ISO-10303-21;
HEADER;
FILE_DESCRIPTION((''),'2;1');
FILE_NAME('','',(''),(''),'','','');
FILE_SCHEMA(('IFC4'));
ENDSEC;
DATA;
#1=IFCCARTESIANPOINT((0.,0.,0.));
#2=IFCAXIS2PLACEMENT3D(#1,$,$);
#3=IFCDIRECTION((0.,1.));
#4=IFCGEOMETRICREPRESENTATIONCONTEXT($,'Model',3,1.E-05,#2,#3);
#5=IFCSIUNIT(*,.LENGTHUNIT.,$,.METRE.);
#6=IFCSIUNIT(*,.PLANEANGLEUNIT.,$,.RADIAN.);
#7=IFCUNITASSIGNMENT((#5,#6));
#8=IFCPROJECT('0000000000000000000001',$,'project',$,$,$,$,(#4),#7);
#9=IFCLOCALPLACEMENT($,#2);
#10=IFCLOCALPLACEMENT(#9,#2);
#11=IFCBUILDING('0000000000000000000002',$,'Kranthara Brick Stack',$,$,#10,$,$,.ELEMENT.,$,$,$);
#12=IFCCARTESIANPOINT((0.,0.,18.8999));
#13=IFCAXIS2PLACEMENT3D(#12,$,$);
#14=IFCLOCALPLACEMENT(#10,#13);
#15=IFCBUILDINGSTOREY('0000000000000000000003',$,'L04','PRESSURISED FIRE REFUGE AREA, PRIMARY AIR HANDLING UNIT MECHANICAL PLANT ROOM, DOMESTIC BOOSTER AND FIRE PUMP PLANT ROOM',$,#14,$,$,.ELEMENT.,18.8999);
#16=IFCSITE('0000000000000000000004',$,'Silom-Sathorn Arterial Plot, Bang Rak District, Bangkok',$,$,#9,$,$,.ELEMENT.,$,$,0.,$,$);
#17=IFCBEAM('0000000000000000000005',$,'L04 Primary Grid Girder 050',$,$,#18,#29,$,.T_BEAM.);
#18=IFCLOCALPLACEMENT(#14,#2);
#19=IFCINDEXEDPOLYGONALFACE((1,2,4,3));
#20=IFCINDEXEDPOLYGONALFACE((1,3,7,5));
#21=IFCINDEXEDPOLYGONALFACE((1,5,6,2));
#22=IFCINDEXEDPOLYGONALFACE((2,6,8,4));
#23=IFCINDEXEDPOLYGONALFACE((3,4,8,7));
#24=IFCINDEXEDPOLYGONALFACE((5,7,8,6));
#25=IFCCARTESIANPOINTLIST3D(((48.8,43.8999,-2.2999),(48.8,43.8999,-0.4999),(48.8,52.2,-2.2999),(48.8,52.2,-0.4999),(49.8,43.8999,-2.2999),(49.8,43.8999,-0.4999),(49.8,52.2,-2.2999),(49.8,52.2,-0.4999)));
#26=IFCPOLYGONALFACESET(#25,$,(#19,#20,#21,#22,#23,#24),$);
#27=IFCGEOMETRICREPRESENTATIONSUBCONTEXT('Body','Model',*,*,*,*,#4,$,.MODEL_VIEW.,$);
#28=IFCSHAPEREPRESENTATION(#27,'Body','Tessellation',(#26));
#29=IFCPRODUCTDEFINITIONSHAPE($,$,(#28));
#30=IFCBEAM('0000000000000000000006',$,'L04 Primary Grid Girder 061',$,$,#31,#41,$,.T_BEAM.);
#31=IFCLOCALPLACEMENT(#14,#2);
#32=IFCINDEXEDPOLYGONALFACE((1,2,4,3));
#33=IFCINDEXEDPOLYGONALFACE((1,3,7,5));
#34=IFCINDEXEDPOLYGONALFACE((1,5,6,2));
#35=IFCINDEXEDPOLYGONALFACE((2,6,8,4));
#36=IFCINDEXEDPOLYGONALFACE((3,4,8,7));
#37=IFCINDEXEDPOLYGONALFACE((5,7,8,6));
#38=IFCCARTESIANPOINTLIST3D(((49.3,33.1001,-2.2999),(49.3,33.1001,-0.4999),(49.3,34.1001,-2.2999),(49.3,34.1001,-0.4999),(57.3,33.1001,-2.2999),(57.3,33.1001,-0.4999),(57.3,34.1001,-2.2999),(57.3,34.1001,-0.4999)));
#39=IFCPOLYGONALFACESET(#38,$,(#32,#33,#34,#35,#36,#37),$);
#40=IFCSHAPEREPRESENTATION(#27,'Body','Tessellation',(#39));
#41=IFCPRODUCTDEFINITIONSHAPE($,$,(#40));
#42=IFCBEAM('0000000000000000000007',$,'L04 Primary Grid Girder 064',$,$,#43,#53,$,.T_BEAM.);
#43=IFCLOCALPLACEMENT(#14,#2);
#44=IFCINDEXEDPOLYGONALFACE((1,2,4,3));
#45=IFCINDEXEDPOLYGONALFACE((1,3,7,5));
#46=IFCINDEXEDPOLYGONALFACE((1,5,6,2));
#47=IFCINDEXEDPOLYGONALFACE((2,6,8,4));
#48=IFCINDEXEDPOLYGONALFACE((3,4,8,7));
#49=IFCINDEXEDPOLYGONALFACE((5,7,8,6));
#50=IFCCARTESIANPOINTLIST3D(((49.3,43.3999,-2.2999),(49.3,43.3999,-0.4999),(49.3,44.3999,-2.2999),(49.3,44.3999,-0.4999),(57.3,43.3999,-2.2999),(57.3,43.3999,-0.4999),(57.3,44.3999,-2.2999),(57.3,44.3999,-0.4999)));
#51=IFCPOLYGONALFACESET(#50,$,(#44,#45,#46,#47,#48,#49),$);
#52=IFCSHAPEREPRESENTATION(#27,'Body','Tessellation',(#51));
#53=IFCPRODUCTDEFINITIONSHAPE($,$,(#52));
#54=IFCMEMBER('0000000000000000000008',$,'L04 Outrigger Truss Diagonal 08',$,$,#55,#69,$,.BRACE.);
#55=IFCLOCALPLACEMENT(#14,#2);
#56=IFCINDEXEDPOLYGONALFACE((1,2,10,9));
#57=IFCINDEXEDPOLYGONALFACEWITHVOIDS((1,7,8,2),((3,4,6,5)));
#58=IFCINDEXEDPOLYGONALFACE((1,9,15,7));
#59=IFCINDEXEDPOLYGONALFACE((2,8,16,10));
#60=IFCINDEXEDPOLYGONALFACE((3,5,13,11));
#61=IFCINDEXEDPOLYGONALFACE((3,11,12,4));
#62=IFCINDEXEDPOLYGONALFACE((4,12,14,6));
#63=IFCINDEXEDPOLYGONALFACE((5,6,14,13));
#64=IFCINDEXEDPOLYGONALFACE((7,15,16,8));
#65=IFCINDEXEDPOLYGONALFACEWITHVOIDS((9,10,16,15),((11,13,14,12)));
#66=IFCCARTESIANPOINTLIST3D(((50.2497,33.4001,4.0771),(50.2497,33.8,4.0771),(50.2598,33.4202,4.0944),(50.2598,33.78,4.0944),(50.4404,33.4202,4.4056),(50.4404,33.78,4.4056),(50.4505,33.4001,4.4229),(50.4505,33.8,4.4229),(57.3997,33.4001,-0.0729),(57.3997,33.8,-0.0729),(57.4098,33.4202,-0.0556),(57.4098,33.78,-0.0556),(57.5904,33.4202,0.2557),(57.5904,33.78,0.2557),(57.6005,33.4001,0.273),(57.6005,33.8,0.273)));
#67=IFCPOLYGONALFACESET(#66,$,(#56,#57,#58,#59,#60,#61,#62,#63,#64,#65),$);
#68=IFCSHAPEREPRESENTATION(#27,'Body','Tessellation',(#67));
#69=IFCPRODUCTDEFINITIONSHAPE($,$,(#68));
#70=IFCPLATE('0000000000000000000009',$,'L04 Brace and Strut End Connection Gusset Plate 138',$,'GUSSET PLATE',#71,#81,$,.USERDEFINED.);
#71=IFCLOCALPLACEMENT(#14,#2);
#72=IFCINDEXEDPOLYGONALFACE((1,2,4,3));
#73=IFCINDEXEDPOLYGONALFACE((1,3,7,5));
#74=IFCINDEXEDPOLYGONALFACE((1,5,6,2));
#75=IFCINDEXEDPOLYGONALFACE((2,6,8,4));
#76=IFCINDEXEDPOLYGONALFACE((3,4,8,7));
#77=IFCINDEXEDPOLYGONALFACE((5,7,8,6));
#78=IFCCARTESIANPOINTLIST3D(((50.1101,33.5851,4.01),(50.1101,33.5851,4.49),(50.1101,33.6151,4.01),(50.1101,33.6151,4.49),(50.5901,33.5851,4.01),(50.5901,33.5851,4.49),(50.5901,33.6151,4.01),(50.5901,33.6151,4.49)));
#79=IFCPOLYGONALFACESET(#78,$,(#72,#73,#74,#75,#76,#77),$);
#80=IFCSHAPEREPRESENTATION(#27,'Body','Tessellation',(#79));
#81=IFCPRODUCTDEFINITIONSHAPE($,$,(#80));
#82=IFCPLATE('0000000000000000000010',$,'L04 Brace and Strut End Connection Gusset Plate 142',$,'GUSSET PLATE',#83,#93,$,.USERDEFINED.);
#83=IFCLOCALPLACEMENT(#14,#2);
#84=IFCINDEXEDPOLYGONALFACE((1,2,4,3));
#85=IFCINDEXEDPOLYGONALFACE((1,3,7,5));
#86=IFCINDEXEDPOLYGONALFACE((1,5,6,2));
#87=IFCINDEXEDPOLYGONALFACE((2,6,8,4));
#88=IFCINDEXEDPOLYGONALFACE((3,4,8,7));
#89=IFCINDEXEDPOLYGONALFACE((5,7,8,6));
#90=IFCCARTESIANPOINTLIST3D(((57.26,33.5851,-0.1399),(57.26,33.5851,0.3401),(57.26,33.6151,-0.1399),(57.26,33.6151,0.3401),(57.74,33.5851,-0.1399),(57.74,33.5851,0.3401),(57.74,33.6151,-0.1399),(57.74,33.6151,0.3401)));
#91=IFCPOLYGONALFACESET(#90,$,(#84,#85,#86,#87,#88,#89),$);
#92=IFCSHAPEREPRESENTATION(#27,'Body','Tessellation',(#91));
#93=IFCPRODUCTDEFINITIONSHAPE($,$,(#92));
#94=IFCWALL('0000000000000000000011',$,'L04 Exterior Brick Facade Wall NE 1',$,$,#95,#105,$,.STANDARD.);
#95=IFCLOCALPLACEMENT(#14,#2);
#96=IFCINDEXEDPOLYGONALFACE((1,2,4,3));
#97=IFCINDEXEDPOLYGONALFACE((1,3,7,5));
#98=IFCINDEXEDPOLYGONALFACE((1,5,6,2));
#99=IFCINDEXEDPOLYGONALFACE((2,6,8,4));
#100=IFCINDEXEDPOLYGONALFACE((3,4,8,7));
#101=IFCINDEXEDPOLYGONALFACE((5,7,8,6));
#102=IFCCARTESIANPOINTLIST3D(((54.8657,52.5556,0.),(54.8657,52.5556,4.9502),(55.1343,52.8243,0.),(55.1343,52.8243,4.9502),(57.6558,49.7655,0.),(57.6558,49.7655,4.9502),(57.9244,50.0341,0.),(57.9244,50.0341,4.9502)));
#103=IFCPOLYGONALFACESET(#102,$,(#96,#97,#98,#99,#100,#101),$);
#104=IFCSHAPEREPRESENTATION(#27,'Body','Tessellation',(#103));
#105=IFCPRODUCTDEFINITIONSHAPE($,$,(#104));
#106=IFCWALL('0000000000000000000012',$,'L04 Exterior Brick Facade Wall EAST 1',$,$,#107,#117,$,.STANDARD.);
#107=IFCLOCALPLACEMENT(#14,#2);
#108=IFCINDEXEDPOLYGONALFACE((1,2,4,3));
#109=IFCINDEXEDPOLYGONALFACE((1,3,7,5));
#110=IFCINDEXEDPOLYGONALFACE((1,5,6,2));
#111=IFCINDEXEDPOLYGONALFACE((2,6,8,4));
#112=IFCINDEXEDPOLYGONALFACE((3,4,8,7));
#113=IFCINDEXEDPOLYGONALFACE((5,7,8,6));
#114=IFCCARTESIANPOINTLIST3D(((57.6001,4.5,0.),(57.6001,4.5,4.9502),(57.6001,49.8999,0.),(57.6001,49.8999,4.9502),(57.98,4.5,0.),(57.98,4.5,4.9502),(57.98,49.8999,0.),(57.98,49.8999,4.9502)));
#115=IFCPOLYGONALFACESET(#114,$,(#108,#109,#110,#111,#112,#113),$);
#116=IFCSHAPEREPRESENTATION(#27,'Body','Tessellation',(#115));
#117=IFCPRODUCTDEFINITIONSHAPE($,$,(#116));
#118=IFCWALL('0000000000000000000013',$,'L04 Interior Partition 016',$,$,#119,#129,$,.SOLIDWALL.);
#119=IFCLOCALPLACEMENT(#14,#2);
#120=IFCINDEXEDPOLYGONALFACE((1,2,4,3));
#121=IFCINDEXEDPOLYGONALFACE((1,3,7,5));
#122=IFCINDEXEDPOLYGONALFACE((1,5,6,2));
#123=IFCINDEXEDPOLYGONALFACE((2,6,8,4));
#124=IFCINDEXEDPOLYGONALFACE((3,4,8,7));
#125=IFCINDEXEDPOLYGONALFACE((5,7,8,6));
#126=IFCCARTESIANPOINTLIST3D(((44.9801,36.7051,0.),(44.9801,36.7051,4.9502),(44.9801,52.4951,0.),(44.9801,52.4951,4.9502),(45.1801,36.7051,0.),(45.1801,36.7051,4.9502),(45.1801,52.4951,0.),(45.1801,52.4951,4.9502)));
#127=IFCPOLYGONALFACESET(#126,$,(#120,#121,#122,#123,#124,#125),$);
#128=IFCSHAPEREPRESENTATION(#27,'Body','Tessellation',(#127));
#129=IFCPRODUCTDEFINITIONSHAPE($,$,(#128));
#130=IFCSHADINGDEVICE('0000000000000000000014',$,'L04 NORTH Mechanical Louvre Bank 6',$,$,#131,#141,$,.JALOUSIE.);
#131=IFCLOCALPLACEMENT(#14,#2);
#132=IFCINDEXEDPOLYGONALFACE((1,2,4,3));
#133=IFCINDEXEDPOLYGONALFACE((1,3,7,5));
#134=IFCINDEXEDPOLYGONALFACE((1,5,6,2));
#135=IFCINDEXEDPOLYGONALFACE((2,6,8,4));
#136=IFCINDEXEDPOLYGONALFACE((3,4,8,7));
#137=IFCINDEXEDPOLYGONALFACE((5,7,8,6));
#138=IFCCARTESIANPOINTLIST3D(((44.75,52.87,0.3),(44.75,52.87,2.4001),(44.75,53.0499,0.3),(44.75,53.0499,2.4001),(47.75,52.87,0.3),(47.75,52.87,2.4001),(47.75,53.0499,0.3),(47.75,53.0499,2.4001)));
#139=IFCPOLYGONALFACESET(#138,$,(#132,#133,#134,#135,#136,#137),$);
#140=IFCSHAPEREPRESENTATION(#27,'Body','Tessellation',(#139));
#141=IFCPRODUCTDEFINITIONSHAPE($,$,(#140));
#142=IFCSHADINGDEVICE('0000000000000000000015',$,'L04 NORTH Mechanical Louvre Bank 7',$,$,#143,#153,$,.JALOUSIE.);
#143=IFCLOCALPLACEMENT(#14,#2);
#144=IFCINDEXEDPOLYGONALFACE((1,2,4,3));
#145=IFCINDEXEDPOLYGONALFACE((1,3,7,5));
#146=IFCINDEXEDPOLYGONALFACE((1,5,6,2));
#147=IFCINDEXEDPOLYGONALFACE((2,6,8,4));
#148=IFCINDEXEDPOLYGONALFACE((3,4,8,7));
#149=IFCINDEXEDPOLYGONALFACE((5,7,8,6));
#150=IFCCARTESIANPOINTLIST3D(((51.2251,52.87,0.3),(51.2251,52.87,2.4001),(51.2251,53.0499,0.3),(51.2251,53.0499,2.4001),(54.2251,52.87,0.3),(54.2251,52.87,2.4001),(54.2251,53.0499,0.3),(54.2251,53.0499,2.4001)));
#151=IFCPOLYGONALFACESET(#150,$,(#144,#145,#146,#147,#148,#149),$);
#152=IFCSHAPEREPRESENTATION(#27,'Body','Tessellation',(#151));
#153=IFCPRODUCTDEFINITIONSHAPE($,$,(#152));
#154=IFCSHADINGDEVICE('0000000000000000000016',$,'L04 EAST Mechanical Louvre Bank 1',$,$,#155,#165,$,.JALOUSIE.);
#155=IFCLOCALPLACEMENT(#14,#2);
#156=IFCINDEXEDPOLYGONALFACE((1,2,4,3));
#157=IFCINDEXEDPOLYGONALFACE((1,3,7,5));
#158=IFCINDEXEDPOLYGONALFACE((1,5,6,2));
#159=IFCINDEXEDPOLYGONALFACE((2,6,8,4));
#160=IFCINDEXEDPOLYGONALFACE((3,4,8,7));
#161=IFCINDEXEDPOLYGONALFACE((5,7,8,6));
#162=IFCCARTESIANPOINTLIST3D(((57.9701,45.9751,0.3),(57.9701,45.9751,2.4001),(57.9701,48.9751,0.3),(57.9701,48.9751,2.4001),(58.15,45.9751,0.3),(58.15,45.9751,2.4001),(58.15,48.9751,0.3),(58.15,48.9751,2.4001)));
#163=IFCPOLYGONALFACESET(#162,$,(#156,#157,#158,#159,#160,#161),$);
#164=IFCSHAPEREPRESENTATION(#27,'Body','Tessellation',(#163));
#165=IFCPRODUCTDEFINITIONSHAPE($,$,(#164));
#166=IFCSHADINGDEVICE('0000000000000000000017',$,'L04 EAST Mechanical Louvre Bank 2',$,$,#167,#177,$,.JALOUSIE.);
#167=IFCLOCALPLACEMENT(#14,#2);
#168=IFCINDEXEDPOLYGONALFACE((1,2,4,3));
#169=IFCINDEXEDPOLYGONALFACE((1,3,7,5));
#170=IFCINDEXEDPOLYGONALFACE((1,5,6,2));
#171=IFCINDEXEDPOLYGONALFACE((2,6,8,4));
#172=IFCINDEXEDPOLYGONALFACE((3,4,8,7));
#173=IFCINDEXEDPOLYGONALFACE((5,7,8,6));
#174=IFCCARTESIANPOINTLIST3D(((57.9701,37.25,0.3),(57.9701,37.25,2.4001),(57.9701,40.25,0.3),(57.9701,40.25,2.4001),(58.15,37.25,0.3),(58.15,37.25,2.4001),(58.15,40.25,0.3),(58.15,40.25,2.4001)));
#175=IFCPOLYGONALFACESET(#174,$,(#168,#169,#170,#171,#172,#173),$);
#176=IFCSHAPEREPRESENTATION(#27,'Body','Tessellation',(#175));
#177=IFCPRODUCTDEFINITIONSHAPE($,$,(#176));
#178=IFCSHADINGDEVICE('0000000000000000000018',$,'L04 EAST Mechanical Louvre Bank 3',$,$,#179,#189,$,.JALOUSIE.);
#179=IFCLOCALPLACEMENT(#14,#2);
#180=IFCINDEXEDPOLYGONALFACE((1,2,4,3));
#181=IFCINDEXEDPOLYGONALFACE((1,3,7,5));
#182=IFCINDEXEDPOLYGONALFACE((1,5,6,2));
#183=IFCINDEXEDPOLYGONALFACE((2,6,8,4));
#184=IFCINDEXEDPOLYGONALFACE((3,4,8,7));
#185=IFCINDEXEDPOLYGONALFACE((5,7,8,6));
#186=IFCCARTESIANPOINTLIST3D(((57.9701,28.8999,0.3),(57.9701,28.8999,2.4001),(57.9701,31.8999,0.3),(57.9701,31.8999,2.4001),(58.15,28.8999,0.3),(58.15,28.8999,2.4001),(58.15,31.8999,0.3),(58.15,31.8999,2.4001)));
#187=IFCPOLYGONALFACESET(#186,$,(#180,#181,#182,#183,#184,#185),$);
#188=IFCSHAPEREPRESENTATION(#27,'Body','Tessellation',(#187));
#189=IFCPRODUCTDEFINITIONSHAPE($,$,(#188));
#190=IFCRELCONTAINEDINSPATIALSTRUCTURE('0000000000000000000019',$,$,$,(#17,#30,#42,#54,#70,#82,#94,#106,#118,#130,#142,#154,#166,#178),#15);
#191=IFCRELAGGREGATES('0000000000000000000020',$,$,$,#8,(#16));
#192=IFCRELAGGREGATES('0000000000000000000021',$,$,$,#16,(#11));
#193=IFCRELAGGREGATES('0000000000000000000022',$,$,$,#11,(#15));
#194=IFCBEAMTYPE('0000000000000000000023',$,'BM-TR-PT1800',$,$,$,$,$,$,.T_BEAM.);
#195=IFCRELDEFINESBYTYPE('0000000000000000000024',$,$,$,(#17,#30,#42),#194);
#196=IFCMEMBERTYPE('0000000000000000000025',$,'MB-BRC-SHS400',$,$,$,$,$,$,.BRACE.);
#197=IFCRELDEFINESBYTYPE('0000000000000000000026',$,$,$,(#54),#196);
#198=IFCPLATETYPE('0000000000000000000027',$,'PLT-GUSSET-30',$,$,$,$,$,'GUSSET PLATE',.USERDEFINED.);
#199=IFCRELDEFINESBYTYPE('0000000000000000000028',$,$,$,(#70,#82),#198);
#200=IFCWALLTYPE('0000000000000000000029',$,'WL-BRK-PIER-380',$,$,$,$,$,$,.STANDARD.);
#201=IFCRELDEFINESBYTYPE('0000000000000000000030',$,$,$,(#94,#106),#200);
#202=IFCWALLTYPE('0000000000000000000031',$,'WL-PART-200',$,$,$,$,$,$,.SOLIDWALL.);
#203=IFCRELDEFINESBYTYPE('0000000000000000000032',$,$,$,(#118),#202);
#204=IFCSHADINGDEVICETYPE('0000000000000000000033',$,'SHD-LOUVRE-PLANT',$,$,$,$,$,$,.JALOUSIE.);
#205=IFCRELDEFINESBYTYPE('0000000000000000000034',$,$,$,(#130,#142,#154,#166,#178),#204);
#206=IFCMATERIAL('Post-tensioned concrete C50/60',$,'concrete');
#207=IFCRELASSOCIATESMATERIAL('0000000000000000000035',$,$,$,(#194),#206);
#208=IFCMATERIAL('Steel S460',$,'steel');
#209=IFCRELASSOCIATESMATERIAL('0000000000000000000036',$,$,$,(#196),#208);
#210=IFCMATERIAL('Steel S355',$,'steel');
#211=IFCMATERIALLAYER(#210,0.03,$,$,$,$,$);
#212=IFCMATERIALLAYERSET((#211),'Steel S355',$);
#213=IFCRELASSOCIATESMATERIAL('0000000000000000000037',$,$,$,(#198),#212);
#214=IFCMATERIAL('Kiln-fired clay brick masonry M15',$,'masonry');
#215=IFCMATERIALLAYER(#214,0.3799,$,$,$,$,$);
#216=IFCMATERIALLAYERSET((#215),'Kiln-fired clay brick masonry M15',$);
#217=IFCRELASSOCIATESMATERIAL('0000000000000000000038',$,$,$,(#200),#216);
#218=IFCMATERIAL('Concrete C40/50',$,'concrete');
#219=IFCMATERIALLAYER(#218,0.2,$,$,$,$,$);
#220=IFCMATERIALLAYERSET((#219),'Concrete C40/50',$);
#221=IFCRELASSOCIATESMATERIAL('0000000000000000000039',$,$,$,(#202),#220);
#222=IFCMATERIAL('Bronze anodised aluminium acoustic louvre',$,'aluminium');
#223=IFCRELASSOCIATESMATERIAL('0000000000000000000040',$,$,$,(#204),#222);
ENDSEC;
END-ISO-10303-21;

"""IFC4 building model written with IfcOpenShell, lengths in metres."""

from ifc_helpers import new_model, si_unit, direction, frame, frame_2d, origin, origin_2d, place, context, subcontext, project, spatial, rectangle, hollow_rectangle, extrude, material, layer, layer_set, material_profile, profile_set, type_object, element, save


model = new_model("IFC4")

# Units and contexts
model_context = context("Model", 3, precision=1e-05, world=origin(), true_north=direction((0.0, 1.0)))
body_context = subcontext(model_context, "Body", "Model", "MODEL_VIEW")
ifc_project = project(units=[si_unit("LENGTHUNIT", "METRE"), si_unit("PLANEANGLEUNIT", "RADIAN")], contexts=[model_context])

# Site, building, storey
site_placement = place(None, origin())
site = spatial("IfcSite", under=ifc_project, at=site_placement, Name="Silom-Sathorn Arterial Plot, Bang Rak District, Bangkok", CompositionType="ELEMENT", RefElevation=0.0)
building_placement = place(site_placement, origin())
building = spatial("IfcBuilding", under=site, at=building_placement, Name="Kranthara Brick Stack", CompositionType="ELEMENT")
storey_placement = place(building_placement, frame((0.0, 0.0, 18.8999)))
storey = spatial("IfcBuildingStorey", under=building, at=storey_placement, Name="L04", Description="PRESSURISED FIRE REFUGE AREA, PRIMARY AIR HANDLING UNIT MECHANICAL PLANT ROOM, DOMESTIC BOOSTER AND FIRE PUMP PLANT ROOM", CompositionType="ELEMENT", Elevation=18.8999)

# Beams
ifc_material_1 = material(Name="Post-tensioned concrete C50/60", Category="concrete")
ifc_material_profile_1 = material_profile(ifc_material_1, rectangle(XDim=1.0, YDim=1.8, at=origin_2d()), Name="PT 1000x1800")
ifc_profile_set_1 = profile_set([ifc_material_profile_1], Name="Post-tensioned concrete C50/60")
beam_type_1 = type_object("IfcBeamType", Name="BM-TR-PT1800", PredefinedType="T_BEAM", material=ifc_profile_set_1)
beam_1_placement = place(storey_placement, frame((49.3, 43.8999, -1.3999), z_axis=(0.0, 1.0, 0.0), x_axis=(-1.0, 0.0, 0.0)))
element("IfcBeam", 1, at=beam_1_placement, inside=storey, type_object=beam_type_1, Name="L04 Primary Grid Girder 050", PredefinedType="T_BEAM", context=body_context, shape_type="SweptSolid", body=[
    extrude(rectangle(XDim=1.0, YDim=1.8, at=origin_2d()), origin(), (0.0, 0.0, 1.0), 8.3),
])
for number, where, z_axis, x_axis, name in (
    (2, (49.3, 33.6001, -1.3999), (1.0, 0.0, 0.0), (0.0, 1.0, 0.0), "L04 Primary Grid Girder 061"),
    (3, (49.3, 43.8999, -1.3999), (1.0, 0.0, 0.0), (0.0, 1.0, 0.0), "L04 Primary Grid Girder 064"),
):
    element("IfcBeam", number, at=place(storey_placement, frame(where, z_axis=z_axis, x_axis=x_axis)), inside=storey, type_object=beam_type_1, Name=name, PredefinedType="T_BEAM", context=body_context, shape_type="SweptSolid", body=[
        extrude(rectangle(XDim=1.0, YDim=1.8, at=origin_2d()), origin(), (0.0, 0.0, 1.0), 8.0),
    ])

# Member
ifc_material_2 = material(Name="Steel S460", Category="steel")
ifc_material_profile_2 = material_profile(ifc_material_2, hollow_rectangle(XDim=0.3999, YDim=0.3999, WallThickness=0.02, at=origin_2d()), Name="SHS 400x400x20")
ifc_profile_set_2 = profile_set([ifc_material_profile_2], Name="Steel S460")
member_type = type_object("IfcMemberType", Name="MB-BRC-SHS400", PredefinedType="BRACE", material=ifc_profile_set_2)
member_placement = place(storey_placement, frame((50.3501, 33.6001, 4.25), z_axis=(0.864876, 0.0, -0.501986), x_axis=(0.0, 1.0, 0.0)))
element("IfcMember", 4, at=member_placement, inside=storey, type_object=member_type, Name="L04 Outrigger Truss Diagonal 08", PredefinedType="BRACE", context=body_context, shape_type="SweptSolid", body=[
    extrude(hollow_rectangle(XDim=0.3999, YDim=0.3999, WallThickness=0.02, at=origin_2d()), origin(), (0.0, 0.0, 1.0), 8.2671),
])

# Plates
ifc_material_3 = material(Name="Steel S355", Category="steel")
ifc_layer_1 = layer(ifc_material_3, 0.03)
ifc_layer_set_1 = layer_set([ifc_layer_1], Name="Steel S355")
plate_type = type_object("IfcPlateType", Name="PLT-GUSSET-30", ElementType="GUSSET PLATE", PredefinedType="USERDEFINED", material=ifc_layer_set_1)
for number, where, z_axis, x_axis, name in (
    (5, (50.3501, 33.6001, 4.01), (0.0, 0.0, 1.0), (1.0, 0.0, 0.0), "L04 Brace and Strut End Connection Gusset Plate 138"),
    (6, (57.5, 33.6001, -0.1399), (0.0, 0.0, 1.0), (1.0, 0.0, 0.0), "L04 Brace and Strut End Connection Gusset Plate 142"),
):
    element("IfcPlate", number, at=place(storey_placement, frame(where, z_axis=z_axis, x_axis=x_axis)), inside=storey, type_object=plate_type, Name=name, ObjectType="GUSSET PLATE", PredefinedType="USERDEFINED", context=body_context, shape_type="SweptSolid", body=[
        extrude(rectangle(XDim=0.48, YDim=0.03, at=origin_2d()), origin(), (0.0, 0.0, 1.0), 0.48),
    ])

# Walls
ifc_material_4 = material(Name="Kiln-fired clay brick masonry M15", Category="masonry")
ifc_layer_2 = layer(ifc_material_4, 0.3799)
ifc_layer_set_2 = layer_set([ifc_layer_2], Name="Kiln-fired clay brick masonry M15")
wall_type_1 = type_object("IfcWallType", Name="WL-BRK-PIER-380", PredefinedType="STANDARD", material=ifc_layer_set_2)
wall_1_placement = place(storey_placement, frame((55.0, 52.6899, 0.0), z_axis=(0.0, 0.0, 1.0), x_axis=(0.707107, -0.707107, 0.0)))
element("IfcWall", 7, at=wall_1_placement, inside=storey, type_object=wall_type_1, Name="L04 Exterior Brick Facade Wall NE 1", PredefinedType="STANDARD", context=body_context, shape_type="SweptSolid", body=[
    extrude(rectangle(XDim=3.9458, YDim=0.3799, at=frame_2d((1.9729, 0.0))), origin(), (0.0, 0.0, 1.0), 4.9502),
])
wall_2_placement = place(storey_placement, frame((57.79, 49.8999, 0.0), z_axis=(0.0, 0.0, 1.0), x_axis=(0.0, -1.0, 0.0)))
element("IfcWall", 8, at=wall_2_placement, inside=storey, type_object=wall_type_1, Name="L04 Exterior Brick Facade Wall EAST 1", PredefinedType="STANDARD", context=body_context, shape_type="SweptSolid", body=[
    extrude(rectangle(XDim=45.3999, YDim=0.3799, at=frame_2d((22.7, 0.0))), origin(), (0.0, 0.0, 1.0), 4.9502),
])
ifc_material_5 = material(Name="Concrete C40/50", Category="concrete")
ifc_layer_3 = layer(ifc_material_5, 0.2)
ifc_layer_set_3 = layer_set([ifc_layer_3], Name="Concrete C40/50")
wall_type_2 = type_object("IfcWallType", Name="WL-PART-200", PredefinedType="SOLIDWALL", material=ifc_layer_set_3)
wall_3_placement = place(storey_placement, frame((45.0801, 36.7051, 0.0), z_axis=(0.0, 0.0, 1.0), x_axis=(0.0, 1.0, 0.0)))
element("IfcWall", 9, at=wall_3_placement, inside=storey, type_object=wall_type_2, Name="L04 Interior Partition 016", PredefinedType="SOLIDWALL", context=body_context, shape_type="SweptSolid", body=[
    extrude(rectangle(XDim=15.79, YDim=0.2, at=frame_2d((7.895, 0.0))), origin(), (0.0, 0.0, 1.0), 4.9502),
])

# Shading devices
ifc_material_6 = material(Name="Bronze anodised aluminium acoustic louvre", Category="aluminium")
shading_device_type = type_object("IfcShadingDeviceType", Name="SHD-LOUVRE-PLANT", PredefinedType="JALOUSIE", material=ifc_material_6)
for number, where, z_axis, x_axis, name in (
    (10, (46.25, 52.96, 0.3), (0.0, 0.0, 1.0), (1.0, 0.0, 0.0), "L04 NORTH Mechanical Louvre Bank 6"),
    (11, (52.7251, 52.96, 0.3), (0.0, 0.0, 1.0), (1.0, 0.0, 0.0), "L04 NORTH Mechanical Louvre Bank 7"),
    (12, (58.0601, 47.4751, 0.3), (0.0, 0.0, 1.0), (0.0, -1.0, 0.0), "L04 EAST Mechanical Louvre Bank 1"),
    (13, (58.0601, 38.75, 0.3), (0.0, 0.0, 1.0), (0.0, -1.0, 0.0), "L04 EAST Mechanical Louvre Bank 2"),
    (14, (58.0601, 30.3999, 0.3), (0.0, 0.0, 1.0), (0.0, -1.0, 0.0), "L04 EAST Mechanical Louvre Bank 3"),
):
    element("IfcShadingDevice", number, at=place(storey_placement, frame(where, z_axis=z_axis, x_axis=x_axis)), inside=storey, type_object=shading_device_type, Name=name, PredefinedType="JALOUSIE", context=body_context, shape_type="SweptSolid", body=[
        extrude(rectangle(XDim=3.0, YDim=0.1799, at=origin_2d()), origin(), (0.0, 0.0, 1.0), 2.1001),
    ])

save(model, "model.ifc")
